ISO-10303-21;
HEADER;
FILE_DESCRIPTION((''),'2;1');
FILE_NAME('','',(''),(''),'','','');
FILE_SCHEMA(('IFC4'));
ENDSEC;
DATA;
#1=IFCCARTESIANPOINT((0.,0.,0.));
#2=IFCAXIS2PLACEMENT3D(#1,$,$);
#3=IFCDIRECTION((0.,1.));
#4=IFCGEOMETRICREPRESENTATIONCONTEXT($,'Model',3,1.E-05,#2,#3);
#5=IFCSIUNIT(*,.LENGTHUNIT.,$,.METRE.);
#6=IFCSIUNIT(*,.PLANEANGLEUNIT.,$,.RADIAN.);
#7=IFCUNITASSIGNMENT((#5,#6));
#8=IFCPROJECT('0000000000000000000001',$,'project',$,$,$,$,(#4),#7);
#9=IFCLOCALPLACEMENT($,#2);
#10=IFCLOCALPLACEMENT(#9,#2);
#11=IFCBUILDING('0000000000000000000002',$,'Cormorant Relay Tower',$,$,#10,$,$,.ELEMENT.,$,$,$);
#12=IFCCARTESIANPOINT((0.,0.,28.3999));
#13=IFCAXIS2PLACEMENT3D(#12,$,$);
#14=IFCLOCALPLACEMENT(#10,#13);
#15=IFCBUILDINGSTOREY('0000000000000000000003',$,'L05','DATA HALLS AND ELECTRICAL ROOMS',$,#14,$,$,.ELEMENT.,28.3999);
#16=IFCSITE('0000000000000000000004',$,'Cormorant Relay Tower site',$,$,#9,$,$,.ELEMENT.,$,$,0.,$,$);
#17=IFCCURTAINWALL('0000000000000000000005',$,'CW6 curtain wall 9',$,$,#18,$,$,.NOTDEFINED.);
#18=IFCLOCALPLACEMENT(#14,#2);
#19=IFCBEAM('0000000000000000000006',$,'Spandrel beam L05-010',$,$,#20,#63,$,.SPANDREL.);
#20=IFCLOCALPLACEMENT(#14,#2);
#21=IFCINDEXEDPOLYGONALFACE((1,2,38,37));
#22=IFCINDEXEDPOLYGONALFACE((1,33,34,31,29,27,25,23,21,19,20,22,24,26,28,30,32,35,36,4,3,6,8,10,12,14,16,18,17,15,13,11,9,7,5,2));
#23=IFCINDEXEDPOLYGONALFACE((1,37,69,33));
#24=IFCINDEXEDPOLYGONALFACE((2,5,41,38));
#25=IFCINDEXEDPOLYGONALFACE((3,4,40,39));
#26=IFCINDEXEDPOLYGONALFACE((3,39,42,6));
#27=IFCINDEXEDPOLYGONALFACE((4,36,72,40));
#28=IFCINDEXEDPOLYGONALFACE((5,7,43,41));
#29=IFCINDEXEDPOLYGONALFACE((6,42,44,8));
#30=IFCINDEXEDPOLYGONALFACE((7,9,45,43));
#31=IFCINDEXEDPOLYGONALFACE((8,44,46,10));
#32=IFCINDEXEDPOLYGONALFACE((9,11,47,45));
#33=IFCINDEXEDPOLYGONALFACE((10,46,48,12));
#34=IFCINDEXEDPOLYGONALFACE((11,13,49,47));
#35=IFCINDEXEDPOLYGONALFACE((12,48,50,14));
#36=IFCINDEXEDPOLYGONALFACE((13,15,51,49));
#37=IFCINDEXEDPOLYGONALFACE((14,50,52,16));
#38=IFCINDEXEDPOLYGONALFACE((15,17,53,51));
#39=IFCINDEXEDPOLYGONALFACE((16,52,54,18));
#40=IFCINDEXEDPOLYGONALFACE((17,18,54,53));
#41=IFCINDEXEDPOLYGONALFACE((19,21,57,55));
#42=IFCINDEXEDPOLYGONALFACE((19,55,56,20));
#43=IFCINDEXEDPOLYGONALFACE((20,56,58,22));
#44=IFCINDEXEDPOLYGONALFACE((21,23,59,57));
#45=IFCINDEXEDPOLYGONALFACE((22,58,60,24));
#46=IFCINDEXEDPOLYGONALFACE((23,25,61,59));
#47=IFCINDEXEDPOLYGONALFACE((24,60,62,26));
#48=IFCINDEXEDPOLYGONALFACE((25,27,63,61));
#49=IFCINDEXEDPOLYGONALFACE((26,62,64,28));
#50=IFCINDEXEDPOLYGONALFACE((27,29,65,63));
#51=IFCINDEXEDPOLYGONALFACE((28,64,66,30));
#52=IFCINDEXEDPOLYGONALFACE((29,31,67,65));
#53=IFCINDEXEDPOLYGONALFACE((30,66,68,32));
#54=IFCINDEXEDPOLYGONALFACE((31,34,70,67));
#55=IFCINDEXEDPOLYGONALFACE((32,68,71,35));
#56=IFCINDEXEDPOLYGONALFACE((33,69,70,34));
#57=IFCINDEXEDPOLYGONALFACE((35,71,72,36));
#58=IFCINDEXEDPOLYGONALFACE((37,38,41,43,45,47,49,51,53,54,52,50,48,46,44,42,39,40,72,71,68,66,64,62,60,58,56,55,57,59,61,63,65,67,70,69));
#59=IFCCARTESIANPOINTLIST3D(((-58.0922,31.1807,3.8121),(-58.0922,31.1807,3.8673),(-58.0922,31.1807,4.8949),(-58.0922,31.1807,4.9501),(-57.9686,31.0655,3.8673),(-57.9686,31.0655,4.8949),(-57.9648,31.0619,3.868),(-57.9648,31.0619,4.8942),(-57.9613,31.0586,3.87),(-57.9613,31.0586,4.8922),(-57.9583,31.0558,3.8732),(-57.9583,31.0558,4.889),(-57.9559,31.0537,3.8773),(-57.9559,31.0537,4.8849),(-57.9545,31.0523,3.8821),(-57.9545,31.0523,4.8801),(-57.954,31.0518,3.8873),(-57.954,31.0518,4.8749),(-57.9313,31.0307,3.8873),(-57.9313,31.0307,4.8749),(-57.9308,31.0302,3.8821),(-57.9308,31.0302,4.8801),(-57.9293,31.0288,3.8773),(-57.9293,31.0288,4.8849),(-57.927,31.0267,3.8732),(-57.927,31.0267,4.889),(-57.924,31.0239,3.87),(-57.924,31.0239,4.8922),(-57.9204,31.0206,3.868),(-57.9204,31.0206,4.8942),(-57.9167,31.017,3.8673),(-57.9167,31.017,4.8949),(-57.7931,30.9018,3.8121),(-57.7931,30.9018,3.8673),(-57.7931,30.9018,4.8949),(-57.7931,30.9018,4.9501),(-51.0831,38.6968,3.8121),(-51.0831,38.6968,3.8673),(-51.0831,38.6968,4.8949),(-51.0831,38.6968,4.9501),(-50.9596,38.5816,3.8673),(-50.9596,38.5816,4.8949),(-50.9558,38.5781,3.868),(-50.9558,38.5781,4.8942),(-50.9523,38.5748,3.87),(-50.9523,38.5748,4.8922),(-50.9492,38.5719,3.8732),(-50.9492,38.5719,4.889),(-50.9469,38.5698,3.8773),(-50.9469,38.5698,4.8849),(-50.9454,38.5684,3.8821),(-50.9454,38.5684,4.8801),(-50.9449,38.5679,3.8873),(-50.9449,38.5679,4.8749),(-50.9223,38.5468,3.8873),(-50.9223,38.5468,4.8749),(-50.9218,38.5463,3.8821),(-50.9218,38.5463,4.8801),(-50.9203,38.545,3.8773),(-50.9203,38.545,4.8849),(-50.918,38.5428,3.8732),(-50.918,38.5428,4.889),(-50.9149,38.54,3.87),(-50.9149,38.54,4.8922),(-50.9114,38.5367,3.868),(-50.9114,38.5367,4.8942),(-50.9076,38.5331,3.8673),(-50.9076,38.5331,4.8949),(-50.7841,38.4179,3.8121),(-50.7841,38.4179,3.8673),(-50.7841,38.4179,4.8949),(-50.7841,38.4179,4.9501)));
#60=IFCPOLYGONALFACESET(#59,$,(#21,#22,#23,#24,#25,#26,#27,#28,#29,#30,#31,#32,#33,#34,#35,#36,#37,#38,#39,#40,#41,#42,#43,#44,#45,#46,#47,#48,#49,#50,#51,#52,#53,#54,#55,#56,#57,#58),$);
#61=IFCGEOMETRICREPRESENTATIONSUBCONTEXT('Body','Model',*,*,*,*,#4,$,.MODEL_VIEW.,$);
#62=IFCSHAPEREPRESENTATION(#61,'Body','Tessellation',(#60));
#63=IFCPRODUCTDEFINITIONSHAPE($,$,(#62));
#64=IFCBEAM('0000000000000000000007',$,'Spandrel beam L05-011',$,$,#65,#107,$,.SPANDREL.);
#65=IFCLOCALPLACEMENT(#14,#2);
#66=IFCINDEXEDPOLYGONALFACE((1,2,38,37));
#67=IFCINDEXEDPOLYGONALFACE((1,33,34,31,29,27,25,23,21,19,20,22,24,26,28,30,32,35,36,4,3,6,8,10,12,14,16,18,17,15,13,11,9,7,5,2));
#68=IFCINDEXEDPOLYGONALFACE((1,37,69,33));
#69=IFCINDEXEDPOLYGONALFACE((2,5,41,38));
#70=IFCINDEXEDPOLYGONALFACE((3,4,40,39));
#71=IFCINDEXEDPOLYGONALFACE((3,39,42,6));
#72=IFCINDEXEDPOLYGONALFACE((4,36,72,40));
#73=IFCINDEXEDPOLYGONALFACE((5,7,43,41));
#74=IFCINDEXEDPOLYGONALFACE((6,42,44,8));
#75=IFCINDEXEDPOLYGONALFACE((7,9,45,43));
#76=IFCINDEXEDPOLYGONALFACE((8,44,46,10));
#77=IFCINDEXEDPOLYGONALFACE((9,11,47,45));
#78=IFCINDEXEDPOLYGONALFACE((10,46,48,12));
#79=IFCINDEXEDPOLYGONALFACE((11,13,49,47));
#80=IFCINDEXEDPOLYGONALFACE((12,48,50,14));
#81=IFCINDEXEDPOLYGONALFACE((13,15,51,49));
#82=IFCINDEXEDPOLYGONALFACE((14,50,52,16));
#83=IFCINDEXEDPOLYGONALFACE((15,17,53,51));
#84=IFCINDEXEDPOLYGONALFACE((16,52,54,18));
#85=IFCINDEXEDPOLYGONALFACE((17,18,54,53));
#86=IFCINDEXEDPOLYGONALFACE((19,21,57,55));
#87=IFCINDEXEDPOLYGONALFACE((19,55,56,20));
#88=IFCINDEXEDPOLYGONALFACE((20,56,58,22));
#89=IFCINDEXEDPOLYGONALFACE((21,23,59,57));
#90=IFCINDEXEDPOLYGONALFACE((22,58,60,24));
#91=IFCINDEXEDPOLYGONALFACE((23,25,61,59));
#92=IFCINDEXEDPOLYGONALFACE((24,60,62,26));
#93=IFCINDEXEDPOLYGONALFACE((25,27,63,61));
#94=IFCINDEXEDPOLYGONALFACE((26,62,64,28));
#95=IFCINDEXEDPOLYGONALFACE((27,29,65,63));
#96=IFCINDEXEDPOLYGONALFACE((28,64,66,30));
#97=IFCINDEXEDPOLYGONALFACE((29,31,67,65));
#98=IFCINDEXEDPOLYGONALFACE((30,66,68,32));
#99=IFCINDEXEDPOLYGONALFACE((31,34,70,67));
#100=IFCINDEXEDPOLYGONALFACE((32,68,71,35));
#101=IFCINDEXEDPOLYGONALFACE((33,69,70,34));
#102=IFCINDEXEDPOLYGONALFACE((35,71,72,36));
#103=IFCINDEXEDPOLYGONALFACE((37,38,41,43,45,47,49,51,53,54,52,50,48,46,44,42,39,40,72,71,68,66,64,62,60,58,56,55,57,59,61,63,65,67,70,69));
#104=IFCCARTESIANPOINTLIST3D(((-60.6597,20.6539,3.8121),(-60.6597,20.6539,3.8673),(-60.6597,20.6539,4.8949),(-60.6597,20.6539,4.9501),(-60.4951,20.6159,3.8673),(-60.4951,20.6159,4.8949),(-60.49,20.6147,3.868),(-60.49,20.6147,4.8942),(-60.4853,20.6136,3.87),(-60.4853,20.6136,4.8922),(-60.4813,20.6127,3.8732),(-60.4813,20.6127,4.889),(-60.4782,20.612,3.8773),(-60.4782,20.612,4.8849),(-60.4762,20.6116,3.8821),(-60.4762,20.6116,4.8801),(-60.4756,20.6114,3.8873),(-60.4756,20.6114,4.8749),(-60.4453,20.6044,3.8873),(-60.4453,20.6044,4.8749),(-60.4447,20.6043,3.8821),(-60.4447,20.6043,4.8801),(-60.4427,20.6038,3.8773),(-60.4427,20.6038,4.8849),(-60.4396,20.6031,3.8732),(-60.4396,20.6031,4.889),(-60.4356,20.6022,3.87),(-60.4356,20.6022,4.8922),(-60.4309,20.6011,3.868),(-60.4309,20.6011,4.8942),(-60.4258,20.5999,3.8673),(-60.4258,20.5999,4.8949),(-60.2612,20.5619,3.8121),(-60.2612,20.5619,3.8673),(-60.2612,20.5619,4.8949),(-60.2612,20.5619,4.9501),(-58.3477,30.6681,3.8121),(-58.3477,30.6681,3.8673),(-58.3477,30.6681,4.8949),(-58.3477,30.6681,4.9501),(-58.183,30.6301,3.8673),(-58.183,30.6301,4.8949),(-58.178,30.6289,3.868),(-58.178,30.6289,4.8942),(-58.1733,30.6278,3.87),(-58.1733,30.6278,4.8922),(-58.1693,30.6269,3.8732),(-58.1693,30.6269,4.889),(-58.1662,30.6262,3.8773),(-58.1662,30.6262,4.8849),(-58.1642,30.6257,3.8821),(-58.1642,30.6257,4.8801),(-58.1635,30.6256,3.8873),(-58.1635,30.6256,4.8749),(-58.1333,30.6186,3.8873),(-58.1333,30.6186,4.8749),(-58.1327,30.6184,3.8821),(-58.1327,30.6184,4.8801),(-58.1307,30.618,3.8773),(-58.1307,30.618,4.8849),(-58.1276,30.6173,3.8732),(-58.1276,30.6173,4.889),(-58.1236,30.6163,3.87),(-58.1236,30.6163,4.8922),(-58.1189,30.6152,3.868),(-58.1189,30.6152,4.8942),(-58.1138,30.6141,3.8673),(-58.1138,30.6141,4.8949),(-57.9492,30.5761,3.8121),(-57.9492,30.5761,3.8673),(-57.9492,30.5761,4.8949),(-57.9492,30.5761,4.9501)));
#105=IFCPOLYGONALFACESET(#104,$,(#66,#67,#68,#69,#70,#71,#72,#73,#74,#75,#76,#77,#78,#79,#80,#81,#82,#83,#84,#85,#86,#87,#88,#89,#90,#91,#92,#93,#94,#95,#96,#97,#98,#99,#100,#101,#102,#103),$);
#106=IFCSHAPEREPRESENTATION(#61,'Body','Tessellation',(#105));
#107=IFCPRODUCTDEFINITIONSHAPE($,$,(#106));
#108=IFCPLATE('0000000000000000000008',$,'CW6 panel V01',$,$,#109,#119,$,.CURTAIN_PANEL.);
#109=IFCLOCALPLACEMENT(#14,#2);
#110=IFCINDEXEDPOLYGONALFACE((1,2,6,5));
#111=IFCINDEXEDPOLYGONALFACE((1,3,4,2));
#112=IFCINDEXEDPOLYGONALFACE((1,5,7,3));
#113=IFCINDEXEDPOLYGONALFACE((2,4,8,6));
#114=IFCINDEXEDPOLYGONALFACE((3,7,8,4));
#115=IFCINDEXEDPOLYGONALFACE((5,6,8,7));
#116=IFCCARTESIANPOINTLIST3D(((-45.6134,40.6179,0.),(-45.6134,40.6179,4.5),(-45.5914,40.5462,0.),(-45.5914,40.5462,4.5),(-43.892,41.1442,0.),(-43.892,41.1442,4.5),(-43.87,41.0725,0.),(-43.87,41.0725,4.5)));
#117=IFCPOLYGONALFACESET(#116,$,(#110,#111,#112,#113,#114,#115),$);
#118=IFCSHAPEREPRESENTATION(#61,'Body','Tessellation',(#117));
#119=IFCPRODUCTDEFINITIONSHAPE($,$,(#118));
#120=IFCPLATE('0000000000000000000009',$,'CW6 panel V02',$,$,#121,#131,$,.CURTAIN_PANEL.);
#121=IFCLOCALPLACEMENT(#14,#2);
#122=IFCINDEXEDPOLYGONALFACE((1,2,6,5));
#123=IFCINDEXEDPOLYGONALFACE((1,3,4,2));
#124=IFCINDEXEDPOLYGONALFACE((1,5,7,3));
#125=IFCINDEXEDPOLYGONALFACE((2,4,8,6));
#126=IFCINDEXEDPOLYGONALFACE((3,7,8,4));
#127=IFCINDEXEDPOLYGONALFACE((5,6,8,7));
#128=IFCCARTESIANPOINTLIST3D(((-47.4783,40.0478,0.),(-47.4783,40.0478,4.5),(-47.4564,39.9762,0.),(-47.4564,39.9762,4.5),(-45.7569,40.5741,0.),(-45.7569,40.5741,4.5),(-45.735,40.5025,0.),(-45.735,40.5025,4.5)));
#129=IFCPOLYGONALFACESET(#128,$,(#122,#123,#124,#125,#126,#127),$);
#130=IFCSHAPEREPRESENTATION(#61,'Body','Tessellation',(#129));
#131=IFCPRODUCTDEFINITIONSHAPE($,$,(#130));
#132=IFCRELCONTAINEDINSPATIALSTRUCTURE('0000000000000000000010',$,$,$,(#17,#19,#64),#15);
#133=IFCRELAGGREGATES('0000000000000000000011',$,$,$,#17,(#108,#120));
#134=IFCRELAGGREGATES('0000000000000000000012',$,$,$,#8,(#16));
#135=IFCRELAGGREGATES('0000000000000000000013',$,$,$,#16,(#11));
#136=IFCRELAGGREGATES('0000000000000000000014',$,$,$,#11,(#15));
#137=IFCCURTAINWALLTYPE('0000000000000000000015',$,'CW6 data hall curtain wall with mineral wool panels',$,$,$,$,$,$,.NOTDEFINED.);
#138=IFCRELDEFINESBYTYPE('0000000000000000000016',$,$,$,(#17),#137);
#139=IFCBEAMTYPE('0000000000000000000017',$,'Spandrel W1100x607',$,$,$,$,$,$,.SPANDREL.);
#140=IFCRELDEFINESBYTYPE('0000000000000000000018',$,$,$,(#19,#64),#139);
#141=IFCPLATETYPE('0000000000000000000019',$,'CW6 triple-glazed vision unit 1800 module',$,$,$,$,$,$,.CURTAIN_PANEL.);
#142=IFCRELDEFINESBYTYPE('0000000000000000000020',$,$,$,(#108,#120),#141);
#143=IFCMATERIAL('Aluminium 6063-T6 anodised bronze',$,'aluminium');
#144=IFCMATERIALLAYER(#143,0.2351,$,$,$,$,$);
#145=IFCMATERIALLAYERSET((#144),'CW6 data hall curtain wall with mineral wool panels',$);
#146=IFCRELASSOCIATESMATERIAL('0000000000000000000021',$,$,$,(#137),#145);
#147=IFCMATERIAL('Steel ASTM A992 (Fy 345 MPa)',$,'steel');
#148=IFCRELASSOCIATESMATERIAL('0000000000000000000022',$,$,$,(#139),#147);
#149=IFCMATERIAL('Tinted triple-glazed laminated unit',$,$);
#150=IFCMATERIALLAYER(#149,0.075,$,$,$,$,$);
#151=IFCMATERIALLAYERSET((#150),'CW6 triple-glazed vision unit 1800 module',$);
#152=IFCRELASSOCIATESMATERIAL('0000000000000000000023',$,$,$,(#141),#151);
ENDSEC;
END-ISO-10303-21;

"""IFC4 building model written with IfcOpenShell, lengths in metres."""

from ifc_helpers import new_model, si_unit, direction, frame, origin, origin_2d, place, context, subcontext, project, spatial, rectangle, i_section, extrude, material, layer, layer_set, material_profile, profile_set, type_object, element, aggregate, save


model = new_model("IFC4")

# Units and contexts
model_context = context("Model", 3, precision=1e-05, world=origin(), true_north=direction((0.0, 1.0)))
body_context = subcontext(model_context, "Body", "Model", "MODEL_VIEW")
ifc_project = project(units=[si_unit("LENGTHUNIT", "METRE"), si_unit("PLANEANGLEUNIT", "RADIAN")], contexts=[model_context])

# Site, building, storey
site_placement = place(None, origin())
site = spatial("IfcSite", under=ifc_project, at=site_placement, Name="Cormorant Relay Tower site", CompositionType="ELEMENT", RefElevation=0.0)
building_placement = place(site_placement, origin())
building = spatial("IfcBuilding", under=site, at=building_placement, Name="Cormorant Relay Tower", CompositionType="ELEMENT")
storey_placement = place(building_placement, frame((0.0, 0.0, 28.3999)))
storey = spatial("IfcBuildingStorey", under=building, at=storey_placement, Name="L05", Description="DATA HALLS AND ELECTRICAL ROOMS", CompositionType="ELEMENT", Elevation=28.3999)

# Shared definitions
ifc_material_1 = material(Name="Aluminium 6063-T6 anodised bronze", Category="aluminium")
ifc_layer_1 = layer(ifc_material_1, 0.2351)
ifc_layer_set_1 = layer_set([ifc_layer_1], Name="CW6 data hall curtain wall with mineral wool panels")
curtain_wall_type = type_object("IfcCurtainWallType", Name="CW6 data hall curtain wall with mineral wool panels", PredefinedType="NOTDEFINED", material=ifc_layer_set_1)

# Curtain wall
curtain_wall_1_placement = place(storey_placement, origin())
curtain_wall_1 = element("IfcCurtainWall", 1, at=curtain_wall_1_placement, inside=storey, type_object=curtain_wall_type, Name="CW6 curtain wall 9", PredefinedType="NOTDEFINED")

# Beams
ifc_material_2 = material(Name="Steel ASTM A992 (Fy 345 MPa)", Category="steel")
ifc_material_profile_1 = material_profile(ifc_material_2, i_section(OverallWidth=0.4089, OverallDepth=1.1379, WebThickness=0.031, FlangeThickness=0.0552, FilletRadius=0.02, at=origin_2d()), Name="W1100x607")
ifc_profile_set_1 = profile_set([ifc_material_profile_1], Name="Steel ASTM A992 (Fy 345 MPa)")
beam_type = type_object("IfcBeamType", Name="Spandrel W1100x607", PredefinedType="SPANDREL", material=ifc_profile_set_1)
beam_1_placement = place(storey_placement, frame((-50.9336, 38.5574, 4.3811), z_axis=(-0.682006, -0.731347, 0.0), x_axis=(0.731347, -0.682006, 0.0)))
element("IfcBeam", 2, at=beam_1_placement, inside=storey, type_object=beam_type, Name="Spandrel beam L05-010", PredefinedType="SPANDREL", context=body_context, shape_type="SweptSolid", body=[
    extrude(i_section(OverallWidth=0.4089, OverallDepth=1.1379, WebThickness=0.031, FlangeThickness=0.0552, FilletRadius=0.02, at=origin_2d()), origin(), (0.0, 0.0, 1.0), 10.2771),
])
beam_2_placement = place(storey_placement, frame((-58.1484, 30.6221, 4.3811), z_axis=(-0.224957, -0.974369, 0.0), x_axis=(0.974369, -0.224957, 0.0)))
element("IfcBeam", 3, at=beam_2_placement, inside=storey, type_object=beam_type, Name="Spandrel beam L05-011", PredefinedType="SPANDREL", context=body_context, shape_type="SweptSolid", body=[
    extrude(i_section(OverallWidth=0.4089, OverallDepth=1.1379, WebThickness=0.031, FlangeThickness=0.0552, FilletRadius=0.02, at=origin_2d()), origin(), (0.0, 0.0, 1.0), 10.2776),
])

# Plates
ifc_material_3 = material(Name="Tinted triple-glazed laminated unit")
ifc_layer_2 = layer(ifc_material_3, 0.075)
ifc_layer_set_2 = layer_set([ifc_layer_2], Name="CW6 triple-glazed vision unit 1800 module")
plate_type = type_object("IfcPlateType", Name="CW6 triple-glazed vision unit 1800 module", PredefinedType="CURTAIN_PANEL", material=ifc_layer_set_2)
plate_1_placement = place(storey_placement, frame((-44.7417, 40.8452, 0.0), z_axis=(0.0, 0.0, 1.0), x_axis=(-0.956305, -0.292372, 0.0)))
plate_1 = element("IfcPlate", 4, at=plate_1_placement, type_object=plate_type, Name="CW6 panel V01", PredefinedType="CURTAIN_PANEL", context=body_context, shape_type="SweptSolid", body=[
    extrude(rectangle(XDim=1.8, YDim=0.075, at=origin_2d()), origin(), (0.0, 0.0, 1.0), 4.5),
])
plate_2_placement = place(storey_placement, frame((-46.6067, 40.2751, 0.0), z_axis=(0.0, 0.0, 1.0), x_axis=(-0.956305, -0.292372, 0.0)))
plate_2 = element("IfcPlate", 5, at=plate_2_placement, type_object=plate_type, Name="CW6 panel V02", PredefinedType="CURTAIN_PANEL", context=body_context, shape_type="SweptSolid", body=[
    extrude(rectangle(XDim=1.8, YDim=0.075, at=origin_2d()), origin(), (0.0, 0.0, 1.0), 4.5),
])

aggregate(curtain_wall_1, [plate_1, plate_2])

save(model, "model.ifc")
